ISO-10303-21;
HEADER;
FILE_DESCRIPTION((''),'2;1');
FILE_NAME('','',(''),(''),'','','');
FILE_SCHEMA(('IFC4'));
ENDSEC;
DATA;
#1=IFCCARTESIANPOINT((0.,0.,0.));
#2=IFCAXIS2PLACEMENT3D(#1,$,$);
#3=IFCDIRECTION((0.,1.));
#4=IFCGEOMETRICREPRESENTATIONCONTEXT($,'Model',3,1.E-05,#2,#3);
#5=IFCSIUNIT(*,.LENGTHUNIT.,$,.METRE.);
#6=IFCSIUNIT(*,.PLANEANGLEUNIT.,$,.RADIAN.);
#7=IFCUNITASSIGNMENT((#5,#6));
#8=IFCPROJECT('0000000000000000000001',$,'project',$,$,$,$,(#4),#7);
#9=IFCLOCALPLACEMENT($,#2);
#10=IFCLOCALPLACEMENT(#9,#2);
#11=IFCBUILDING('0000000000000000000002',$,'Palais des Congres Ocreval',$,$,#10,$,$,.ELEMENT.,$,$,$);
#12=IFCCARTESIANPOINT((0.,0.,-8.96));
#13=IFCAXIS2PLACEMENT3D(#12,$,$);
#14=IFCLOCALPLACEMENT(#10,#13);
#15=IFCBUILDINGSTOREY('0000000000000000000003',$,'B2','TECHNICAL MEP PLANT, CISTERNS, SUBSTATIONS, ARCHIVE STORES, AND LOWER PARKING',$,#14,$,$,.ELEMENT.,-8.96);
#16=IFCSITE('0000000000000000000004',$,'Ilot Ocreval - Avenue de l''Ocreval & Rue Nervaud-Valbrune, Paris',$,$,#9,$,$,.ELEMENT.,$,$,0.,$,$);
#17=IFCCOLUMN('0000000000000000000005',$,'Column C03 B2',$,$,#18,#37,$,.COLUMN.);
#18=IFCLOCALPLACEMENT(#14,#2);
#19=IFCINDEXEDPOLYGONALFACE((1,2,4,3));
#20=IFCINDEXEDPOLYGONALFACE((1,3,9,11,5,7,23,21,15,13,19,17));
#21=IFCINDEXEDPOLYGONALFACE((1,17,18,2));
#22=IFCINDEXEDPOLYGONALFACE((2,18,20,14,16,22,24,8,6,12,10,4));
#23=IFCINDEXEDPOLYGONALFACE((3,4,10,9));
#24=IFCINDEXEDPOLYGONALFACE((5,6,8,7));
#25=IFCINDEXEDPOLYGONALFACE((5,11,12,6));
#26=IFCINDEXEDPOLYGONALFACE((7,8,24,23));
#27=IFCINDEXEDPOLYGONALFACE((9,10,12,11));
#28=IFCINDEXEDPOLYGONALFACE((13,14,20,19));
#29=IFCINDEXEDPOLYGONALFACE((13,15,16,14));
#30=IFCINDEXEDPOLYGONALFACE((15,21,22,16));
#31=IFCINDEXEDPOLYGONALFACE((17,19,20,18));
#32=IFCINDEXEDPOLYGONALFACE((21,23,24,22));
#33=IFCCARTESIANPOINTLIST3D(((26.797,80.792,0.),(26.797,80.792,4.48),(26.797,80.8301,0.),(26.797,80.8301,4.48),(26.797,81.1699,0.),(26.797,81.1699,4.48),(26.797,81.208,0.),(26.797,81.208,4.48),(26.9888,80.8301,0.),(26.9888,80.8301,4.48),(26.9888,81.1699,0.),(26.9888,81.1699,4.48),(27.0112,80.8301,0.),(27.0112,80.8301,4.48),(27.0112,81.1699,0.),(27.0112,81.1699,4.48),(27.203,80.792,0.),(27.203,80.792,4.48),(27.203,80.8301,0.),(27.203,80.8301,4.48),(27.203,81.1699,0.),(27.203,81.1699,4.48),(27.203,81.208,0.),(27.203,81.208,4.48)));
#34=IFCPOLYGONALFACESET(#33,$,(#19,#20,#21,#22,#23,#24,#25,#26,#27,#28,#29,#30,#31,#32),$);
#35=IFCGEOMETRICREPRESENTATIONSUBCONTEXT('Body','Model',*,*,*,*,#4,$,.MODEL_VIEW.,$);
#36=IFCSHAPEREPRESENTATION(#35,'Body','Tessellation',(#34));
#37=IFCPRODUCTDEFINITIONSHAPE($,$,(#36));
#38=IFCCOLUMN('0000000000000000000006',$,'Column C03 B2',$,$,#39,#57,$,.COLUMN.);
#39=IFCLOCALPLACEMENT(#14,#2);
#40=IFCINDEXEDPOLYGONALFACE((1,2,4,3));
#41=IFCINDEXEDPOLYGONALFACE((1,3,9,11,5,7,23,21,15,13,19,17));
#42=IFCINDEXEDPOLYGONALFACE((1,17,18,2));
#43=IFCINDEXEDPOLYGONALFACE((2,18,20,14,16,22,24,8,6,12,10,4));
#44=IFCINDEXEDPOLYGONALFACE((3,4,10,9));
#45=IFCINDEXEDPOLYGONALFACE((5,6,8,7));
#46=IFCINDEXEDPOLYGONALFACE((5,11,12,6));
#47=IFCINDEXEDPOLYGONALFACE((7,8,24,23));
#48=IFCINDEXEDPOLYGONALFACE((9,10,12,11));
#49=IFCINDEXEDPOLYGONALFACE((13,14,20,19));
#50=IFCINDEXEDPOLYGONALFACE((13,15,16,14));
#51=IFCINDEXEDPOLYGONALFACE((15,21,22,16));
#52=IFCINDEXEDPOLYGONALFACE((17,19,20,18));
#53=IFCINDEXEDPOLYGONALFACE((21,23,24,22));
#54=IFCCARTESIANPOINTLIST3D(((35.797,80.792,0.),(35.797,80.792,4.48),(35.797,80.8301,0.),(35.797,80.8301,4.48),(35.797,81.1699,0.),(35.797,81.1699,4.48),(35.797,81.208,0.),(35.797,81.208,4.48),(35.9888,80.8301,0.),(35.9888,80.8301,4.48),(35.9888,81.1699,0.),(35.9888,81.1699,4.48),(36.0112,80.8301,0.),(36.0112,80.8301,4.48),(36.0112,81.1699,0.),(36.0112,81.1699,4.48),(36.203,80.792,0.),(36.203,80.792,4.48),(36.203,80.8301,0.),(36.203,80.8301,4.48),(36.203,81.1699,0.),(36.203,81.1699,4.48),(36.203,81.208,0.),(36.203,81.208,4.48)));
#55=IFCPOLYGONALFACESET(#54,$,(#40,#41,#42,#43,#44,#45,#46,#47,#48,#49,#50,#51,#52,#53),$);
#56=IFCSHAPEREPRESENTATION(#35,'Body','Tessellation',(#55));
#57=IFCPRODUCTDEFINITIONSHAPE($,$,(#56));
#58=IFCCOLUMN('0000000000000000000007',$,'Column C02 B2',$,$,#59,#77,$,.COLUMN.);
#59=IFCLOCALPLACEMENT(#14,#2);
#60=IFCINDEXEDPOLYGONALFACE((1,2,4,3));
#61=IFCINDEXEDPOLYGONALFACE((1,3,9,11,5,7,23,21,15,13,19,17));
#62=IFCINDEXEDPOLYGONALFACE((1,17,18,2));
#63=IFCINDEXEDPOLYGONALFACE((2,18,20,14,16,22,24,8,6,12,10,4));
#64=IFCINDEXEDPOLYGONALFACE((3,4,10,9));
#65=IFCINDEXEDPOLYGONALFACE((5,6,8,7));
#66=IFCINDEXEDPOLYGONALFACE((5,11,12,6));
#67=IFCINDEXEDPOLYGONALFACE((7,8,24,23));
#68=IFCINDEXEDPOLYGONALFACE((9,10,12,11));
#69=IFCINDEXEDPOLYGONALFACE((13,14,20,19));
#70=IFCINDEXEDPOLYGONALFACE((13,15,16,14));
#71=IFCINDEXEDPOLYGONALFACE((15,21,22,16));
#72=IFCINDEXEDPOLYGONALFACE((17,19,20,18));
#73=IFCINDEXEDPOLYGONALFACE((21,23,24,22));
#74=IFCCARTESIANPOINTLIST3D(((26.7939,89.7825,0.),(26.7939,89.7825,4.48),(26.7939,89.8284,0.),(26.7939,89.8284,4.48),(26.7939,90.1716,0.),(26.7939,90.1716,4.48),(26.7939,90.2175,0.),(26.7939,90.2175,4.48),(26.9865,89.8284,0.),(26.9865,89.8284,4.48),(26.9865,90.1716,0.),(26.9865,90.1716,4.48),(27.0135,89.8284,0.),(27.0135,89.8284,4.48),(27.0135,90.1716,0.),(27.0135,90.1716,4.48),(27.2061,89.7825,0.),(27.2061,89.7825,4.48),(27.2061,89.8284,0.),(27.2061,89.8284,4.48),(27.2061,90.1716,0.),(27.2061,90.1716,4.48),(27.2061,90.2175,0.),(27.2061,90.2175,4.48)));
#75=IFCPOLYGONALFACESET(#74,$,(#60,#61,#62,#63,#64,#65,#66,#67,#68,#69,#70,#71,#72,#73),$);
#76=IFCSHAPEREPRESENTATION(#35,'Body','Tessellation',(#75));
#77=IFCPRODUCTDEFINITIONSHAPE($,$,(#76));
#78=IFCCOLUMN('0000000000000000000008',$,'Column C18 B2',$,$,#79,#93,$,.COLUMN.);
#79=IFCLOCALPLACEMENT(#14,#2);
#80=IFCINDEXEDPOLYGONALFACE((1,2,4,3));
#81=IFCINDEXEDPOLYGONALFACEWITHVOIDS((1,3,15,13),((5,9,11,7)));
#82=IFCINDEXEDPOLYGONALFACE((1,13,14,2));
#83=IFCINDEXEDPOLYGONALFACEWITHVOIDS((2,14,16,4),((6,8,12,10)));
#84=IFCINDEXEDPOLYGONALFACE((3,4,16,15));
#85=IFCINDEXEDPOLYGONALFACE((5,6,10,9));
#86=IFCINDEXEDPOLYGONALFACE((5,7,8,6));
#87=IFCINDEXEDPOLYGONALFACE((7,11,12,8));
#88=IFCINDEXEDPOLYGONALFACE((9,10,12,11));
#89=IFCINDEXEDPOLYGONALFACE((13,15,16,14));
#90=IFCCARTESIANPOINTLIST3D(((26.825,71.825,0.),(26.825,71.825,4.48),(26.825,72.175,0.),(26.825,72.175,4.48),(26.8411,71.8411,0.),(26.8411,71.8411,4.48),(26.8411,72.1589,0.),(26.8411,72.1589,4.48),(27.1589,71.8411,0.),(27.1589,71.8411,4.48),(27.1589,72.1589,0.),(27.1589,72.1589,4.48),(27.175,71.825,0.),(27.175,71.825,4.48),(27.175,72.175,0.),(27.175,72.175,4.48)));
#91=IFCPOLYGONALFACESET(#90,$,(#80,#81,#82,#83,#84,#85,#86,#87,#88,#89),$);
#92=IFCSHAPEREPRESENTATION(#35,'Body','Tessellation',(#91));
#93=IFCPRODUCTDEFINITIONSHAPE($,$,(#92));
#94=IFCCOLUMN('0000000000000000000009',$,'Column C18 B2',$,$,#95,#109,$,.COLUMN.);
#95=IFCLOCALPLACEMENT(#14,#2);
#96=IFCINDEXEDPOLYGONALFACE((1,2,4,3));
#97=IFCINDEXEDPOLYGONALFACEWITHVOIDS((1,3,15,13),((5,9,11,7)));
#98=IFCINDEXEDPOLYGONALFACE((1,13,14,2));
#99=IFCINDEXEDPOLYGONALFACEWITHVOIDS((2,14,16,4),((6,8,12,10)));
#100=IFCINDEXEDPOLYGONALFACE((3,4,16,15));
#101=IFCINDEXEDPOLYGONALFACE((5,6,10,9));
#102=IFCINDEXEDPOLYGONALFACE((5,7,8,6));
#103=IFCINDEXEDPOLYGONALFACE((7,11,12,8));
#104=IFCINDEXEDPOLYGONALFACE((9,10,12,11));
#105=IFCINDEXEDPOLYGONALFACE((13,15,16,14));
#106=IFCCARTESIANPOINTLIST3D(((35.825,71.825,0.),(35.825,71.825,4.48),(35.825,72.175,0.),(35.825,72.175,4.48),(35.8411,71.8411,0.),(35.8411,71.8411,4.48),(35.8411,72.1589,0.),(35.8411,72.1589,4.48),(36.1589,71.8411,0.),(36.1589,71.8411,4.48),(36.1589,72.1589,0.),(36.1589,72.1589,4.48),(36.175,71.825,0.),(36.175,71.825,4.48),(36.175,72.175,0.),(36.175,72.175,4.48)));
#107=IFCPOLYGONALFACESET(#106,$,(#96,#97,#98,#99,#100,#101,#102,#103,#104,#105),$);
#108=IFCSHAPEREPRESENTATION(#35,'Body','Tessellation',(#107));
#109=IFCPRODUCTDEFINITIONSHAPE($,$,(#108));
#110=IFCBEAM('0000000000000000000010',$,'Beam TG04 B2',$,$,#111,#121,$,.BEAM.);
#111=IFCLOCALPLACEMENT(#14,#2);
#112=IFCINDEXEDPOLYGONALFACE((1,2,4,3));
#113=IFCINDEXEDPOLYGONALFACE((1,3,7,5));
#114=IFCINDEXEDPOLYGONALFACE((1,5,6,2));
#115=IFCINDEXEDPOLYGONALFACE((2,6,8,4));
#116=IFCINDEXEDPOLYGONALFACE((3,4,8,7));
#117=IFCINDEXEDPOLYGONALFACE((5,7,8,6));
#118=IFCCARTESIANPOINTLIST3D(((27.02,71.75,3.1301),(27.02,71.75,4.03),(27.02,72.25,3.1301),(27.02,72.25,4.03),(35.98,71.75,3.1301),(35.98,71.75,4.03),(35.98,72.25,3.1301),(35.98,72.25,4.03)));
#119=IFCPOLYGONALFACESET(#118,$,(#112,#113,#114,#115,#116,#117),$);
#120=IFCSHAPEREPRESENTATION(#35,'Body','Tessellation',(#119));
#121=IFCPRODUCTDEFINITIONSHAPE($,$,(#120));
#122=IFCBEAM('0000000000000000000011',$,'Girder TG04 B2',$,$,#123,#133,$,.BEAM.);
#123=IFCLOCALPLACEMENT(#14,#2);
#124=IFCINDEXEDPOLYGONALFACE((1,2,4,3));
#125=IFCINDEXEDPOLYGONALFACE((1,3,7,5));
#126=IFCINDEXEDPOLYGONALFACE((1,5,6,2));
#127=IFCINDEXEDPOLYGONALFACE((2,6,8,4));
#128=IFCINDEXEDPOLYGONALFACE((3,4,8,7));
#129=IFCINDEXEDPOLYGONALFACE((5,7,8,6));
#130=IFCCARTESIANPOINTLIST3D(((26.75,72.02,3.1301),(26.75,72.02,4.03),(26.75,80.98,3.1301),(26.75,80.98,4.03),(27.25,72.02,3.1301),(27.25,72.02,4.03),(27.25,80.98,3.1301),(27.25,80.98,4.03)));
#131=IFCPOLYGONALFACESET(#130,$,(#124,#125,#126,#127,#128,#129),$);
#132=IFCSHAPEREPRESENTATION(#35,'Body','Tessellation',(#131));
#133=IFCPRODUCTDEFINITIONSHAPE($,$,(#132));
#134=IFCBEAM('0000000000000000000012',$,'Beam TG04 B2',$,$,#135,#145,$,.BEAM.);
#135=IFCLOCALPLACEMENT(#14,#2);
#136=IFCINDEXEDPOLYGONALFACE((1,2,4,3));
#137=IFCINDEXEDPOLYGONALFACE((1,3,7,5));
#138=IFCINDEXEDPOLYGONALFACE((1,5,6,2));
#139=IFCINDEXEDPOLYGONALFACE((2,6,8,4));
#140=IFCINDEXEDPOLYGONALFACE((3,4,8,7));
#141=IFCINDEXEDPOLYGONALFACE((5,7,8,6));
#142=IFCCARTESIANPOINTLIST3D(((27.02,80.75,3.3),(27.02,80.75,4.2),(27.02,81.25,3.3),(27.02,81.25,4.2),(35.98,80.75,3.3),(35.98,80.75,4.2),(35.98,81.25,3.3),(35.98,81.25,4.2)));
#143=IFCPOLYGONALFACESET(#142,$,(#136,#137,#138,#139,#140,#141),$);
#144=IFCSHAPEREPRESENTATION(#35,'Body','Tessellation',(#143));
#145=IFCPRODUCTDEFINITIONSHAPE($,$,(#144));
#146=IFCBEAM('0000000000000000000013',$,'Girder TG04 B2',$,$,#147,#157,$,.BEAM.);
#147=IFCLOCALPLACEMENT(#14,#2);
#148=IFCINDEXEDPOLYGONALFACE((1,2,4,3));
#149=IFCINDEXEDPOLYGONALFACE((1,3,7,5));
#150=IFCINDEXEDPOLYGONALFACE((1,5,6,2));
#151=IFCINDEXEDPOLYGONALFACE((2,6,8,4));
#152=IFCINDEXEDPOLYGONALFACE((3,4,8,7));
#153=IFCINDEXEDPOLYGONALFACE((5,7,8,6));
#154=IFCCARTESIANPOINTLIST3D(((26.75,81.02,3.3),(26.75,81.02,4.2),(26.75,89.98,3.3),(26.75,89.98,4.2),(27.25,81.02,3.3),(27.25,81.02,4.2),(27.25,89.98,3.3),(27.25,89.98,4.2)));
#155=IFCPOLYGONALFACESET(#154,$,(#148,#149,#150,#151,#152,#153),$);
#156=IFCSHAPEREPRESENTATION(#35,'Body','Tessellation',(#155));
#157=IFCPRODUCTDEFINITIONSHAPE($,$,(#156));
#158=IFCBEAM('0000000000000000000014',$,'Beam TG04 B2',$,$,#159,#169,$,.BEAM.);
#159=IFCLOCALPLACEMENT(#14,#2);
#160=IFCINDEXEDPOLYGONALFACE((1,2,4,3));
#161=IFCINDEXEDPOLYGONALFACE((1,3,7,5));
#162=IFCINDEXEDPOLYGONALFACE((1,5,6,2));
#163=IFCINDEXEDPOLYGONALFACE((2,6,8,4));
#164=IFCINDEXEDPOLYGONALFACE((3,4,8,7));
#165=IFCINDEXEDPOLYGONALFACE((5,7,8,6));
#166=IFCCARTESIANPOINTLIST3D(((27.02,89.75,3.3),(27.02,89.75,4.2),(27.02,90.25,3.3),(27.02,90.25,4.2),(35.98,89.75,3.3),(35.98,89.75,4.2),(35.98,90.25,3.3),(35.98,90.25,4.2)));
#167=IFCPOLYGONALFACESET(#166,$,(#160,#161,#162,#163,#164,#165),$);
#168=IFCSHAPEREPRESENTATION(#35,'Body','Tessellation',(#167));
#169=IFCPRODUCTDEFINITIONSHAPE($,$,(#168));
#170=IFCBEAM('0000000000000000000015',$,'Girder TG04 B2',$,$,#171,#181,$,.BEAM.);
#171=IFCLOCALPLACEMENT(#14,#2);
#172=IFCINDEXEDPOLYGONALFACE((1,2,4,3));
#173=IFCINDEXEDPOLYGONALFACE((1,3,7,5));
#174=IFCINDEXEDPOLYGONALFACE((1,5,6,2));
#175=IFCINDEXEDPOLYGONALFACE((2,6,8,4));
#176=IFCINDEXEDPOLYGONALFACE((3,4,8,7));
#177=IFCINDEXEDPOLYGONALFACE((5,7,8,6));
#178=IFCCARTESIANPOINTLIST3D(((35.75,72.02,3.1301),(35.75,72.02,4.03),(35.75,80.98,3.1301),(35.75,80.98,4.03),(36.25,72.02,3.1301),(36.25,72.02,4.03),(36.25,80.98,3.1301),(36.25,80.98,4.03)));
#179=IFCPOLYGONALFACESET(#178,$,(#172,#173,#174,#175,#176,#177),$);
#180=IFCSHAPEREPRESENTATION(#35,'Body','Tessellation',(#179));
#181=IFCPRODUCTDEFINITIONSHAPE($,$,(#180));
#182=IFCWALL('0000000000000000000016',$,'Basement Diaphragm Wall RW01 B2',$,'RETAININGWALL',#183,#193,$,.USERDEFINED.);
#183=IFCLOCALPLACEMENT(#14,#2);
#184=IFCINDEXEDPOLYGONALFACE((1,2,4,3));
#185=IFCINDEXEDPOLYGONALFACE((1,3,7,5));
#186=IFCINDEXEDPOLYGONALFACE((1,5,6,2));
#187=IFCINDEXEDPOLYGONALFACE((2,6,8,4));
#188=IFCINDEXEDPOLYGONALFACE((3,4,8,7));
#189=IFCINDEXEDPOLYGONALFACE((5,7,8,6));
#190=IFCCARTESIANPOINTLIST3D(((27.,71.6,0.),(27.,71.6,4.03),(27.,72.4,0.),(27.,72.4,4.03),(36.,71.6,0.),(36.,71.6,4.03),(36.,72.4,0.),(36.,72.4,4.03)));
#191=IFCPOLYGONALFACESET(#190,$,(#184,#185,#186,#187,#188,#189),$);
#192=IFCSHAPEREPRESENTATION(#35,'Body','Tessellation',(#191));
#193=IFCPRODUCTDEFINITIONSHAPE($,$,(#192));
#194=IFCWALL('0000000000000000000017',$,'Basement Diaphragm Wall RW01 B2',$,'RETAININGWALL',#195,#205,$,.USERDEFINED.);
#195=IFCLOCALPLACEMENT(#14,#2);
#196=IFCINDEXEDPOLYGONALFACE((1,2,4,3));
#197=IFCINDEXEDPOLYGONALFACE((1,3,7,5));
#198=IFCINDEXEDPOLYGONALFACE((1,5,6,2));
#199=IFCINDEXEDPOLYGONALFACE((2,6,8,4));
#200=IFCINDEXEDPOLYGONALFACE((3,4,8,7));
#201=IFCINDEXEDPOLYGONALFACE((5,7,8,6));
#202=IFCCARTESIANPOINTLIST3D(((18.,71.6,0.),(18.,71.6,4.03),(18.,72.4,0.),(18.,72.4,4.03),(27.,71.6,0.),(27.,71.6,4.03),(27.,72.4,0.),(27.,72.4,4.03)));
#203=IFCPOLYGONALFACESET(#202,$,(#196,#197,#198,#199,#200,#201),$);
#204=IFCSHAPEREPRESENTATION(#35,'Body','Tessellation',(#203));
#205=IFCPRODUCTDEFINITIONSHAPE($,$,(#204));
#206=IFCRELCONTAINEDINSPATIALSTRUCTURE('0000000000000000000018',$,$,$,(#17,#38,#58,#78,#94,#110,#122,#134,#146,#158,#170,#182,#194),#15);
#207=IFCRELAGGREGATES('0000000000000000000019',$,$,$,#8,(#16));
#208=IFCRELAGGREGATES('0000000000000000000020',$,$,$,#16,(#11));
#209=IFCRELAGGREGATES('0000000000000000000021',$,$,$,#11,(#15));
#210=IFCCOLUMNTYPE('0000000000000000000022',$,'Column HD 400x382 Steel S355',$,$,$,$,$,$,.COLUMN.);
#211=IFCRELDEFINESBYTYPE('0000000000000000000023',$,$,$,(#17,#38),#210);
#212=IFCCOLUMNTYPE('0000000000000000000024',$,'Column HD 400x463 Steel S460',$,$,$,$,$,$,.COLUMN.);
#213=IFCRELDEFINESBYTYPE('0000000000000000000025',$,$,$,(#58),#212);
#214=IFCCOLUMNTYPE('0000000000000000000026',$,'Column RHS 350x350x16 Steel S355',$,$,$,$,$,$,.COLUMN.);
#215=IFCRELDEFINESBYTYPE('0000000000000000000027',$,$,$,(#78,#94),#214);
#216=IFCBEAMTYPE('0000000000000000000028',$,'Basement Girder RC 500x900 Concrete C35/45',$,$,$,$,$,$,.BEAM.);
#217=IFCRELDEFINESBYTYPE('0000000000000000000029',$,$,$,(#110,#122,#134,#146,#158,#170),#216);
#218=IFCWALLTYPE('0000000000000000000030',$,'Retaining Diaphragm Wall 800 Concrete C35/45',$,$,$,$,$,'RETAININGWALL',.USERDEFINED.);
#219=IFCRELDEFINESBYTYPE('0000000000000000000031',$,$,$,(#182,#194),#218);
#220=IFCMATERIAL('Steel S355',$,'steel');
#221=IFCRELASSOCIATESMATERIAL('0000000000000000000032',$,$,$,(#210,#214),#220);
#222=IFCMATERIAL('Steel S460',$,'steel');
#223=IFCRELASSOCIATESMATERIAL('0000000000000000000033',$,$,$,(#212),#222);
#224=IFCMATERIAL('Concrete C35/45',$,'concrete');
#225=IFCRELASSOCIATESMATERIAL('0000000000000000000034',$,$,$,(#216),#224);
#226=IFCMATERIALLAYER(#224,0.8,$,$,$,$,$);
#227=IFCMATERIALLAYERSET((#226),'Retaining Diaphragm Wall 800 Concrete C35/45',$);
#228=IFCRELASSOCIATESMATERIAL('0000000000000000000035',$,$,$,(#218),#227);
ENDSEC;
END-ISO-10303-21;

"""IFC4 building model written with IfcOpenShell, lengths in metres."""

from ifc_helpers import new_model, si_unit, direction, frame, frame_2d, origin, origin_2d, place, context, subcontext, project, spatial, rectangle, hollow_rectangle, i_section, extrude, material, layer, layer_set, material_profile, profile_set, type_object, element, save


model = new_model("IFC4")

# Units and contexts
model_context = context("Model", 3, precision=1e-05, world=origin(), true_north=direction((0.0, 1.0)))
body_context = subcontext(model_context, "Body", "Model", "MODEL_VIEW")
ifc_project = project(units=[si_unit("LENGTHUNIT", "METRE"), si_unit("PLANEANGLEUNIT", "RADIAN")], contexts=[model_context])

# Site, building, storey
site_placement = place(None, origin())
site = spatial("IfcSite", under=ifc_project, at=site_placement, Name="Ilot Ocreval - Avenue de l'Ocreval & Rue Nervaud-Valbrune, Paris", CompositionType="ELEMENT", RefElevation=0.0)
building_placement = place(site_placement, origin())
building = spatial("IfcBuilding", under=site, at=building_placement, Name="Palais des Congres Ocreval", CompositionType="ELEMENT")
storey_placement = place(building_placement, frame((0.0, 0.0, -8.96)))
storey = spatial("IfcBuildingStorey", under=building, at=storey_placement, Name="B2", Description="TECHNICAL MEP PLANT, CISTERNS, SUBSTATIONS, ARCHIVE STORES, AND LOWER PARKING", CompositionType="ELEMENT", Elevation=-8.96)

# Shared definitions
ifc_material_1 = material(Name="Concrete C35/45", Category="concrete")

# Columns
ifc_material_2 = material(Name="Steel S355", Category="steel")
ifc_material_profile_1 = material_profile(ifc_material_2, i_section(OverallWidth=0.406, OverallDepth=0.416, WebThickness=0.0225, FlangeThickness=0.0381, at=origin_2d()), Name="HD 400x382")
ifc_profile_set_1 = profile_set([ifc_material_profile_1], Name="Steel S355")
column_type_1 = type_object("IfcColumnType", Name="Column HD 400x382 Steel S355", PredefinedType="COLUMN", material=ifc_profile_set_1)
for number, where, z_axis, x_axis, name in (
    (1, (27.0, 81.0, 0.0), (0.0, 0.0, 1.0), (1.0, 0.0, 0.0), "Column C03 B2"),
    (2, (36.0, 81.0, 0.0), (0.0, 0.0, 1.0), (1.0, 0.0, 0.0), "Column C03 B2"),
):
    element("IfcColumn", number, at=place(storey_placement, frame(where, z_axis=z_axis, x_axis=x_axis)), inside=storey, type_object=column_type_1, Name=name, PredefinedType="COLUMN", context=body_context, shape_type="SweptSolid", body=[
        extrude(i_section(OverallWidth=0.406, OverallDepth=0.416, WebThickness=0.0225, FlangeThickness=0.0381, at=origin_2d()), origin(), (0.0, 0.0, 1.0), 4.48),
    ])
ifc_material_3 = material(Name="Steel S460", Category="steel")
ifc_material_profile_2 = material_profile(ifc_material_3, i_section(OverallWidth=0.4121, OverallDepth=0.4351, WebThickness=0.0271, FlangeThickness=0.0459, at=origin_2d()), Name="HD 400x463")
ifc_profile_set_2 = profile_set([ifc_material_profile_2], Name="Steel S460")
column_type_2 = type_object("IfcColumnType", Name="Column HD 400x463 Steel S460", PredefinedType="COLUMN", material=ifc_profile_set_2)
column_placement = place(storey_placement, frame((27.0, 90.0, 0.0), z_axis=(0.0, 0.0, 1.0), x_axis=(1.0, 0.0, 0.0)))
element("IfcColumn", 3, at=column_placement, inside=storey, type_object=column_type_2, Name="Column C02 B2", PredefinedType="COLUMN", context=body_context, shape_type="SweptSolid", body=[
    extrude(i_section(OverallWidth=0.4121, OverallDepth=0.4351, WebThickness=0.0271, FlangeThickness=0.0459, at=origin_2d()), origin(), (0.0, 0.0, 1.0), 4.48),
])
ifc_material_profile_3 = material_profile(ifc_material_2, hollow_rectangle(XDim=0.3501, YDim=0.3501, WallThickness=0.0161, at=origin_2d()), Name="RHS 350x350x16")
ifc_profile_set_3 = profile_set([ifc_material_profile_3], Name="Steel S355")
column_type_3 = type_object("IfcColumnType", Name="Column RHS 350x350x16 Steel S355", PredefinedType="COLUMN", material=ifc_profile_set_3)
for number, where, z_axis, x_axis, name in (
    (4, (27.0, 72.0, 0.0), (0.0, 0.0, 1.0), (1.0, 0.0, 0.0), "Column C18 B2"),
    (5, (36.0, 72.0, 0.0), (0.0, 0.0, 1.0), (1.0, 0.0, 0.0), "Column C18 B2"),
):
    element("IfcColumn", number, at=place(storey_placement, frame(where, z_axis=z_axis, x_axis=x_axis)), inside=storey, type_object=column_type_3, Name=name, PredefinedType="COLUMN", context=body_context, shape_type="SweptSolid", body=[
        extrude(hollow_rectangle(XDim=0.3501, YDim=0.3501, WallThickness=0.0161, at=origin_2d()), origin(), (0.0, 0.0, 1.0), 4.48),
    ])

# Beams
ifc_material_profile_4 = material_profile(ifc_material_1, rectangle(XDim=0.5, YDim=0.8999, at=origin_2d()), Name="RC 500x900")
ifc_profile_set_4 = profile_set([ifc_material_profile_4], Name="Concrete C35/45")
beam_type = type_object("IfcBeamType", Name="Basement Girder RC 500x900 Concrete C35/45", PredefinedType="BEAM", material=ifc_profile_set_4)
for number, where, z_axis, x_axis, name in (
    (6, (27.02, 72.0, 3.5801), (1.0, 0.0, 0.0), (0.0, 1.0, 0.0), "Beam TG04 B2"),
    (7, (27.0, 72.02, 3.5801), (0.0, 1.0, 0.0), (-1.0, 0.0, 0.0), "Girder TG04 B2"),
    (8, (27.02, 81.0, 3.75), (1.0, 0.0, 0.0), (0.0, 1.0, 0.0), "Beam TG04 B2"),
    (9, (27.0, 81.02, 3.75), (0.0, 1.0, 0.0), (-1.0, 0.0, 0.0), "Girder TG04 B2"),
    (10, (27.02, 90.0, 3.75), (1.0, 0.0, 0.0), (0.0, 1.0, 0.0), "Beam TG04 B2"),
    (11, (36.0, 72.02, 3.5801), (0.0, 1.0, 0.0), (-1.0, 0.0, 0.0), "Girder TG04 B2"),
):
    element("IfcBeam", number, at=place(storey_placement, frame(where, z_axis=z_axis, x_axis=x_axis)), inside=storey, type_object=beam_type, Name=name, PredefinedType="BEAM", context=body_context, shape_type="SweptSolid", body=[
        extrude(rectangle(XDim=0.5, YDim=0.8999, at=origin_2d()), origin(), (0.0, 0.0, 1.0), 8.96),
    ])

# Walls
ifc_layer = layer(ifc_material_1, 0.8)
ifc_layer_set = layer_set([ifc_layer], Name="Retaining Diaphragm Wall 800 Concrete C35/45")
wall_type = type_object("IfcWallType", Name="Retaining Diaphragm Wall 800 Concrete C35/45", ElementType="RETAININGWALL", PredefinedType="USERDEFINED", material=ifc_layer_set)
for number, where, z_axis, x_axis, name in (
    (12, (36.0, 72.0, 0.0), (0.0, 0.0, 1.0), (-1.0, 0.0, 0.0), "Basement Diaphragm Wall RW01 B2"),
    (13, (27.0, 72.0, 0.0), (0.0, 0.0, 1.0), (-1.0, 0.0, 0.0), "Basement Diaphragm Wall RW01 B2"),
):
    element("IfcWall", number, at=place(storey_placement, frame(where, z_axis=z_axis, x_axis=x_axis)), inside=storey, type_object=wall_type, Name=name, ObjectType="RETAININGWALL", PredefinedType="USERDEFINED", context=body_context, shape_type="SweptSolid", body=[
        extrude(rectangle(XDim=9.0, YDim=0.8, at=frame_2d((4.5, 0.0))), origin(), (0.0, 0.0, 1.0), 4.03),
    ])

save(model, "model.ifc")
